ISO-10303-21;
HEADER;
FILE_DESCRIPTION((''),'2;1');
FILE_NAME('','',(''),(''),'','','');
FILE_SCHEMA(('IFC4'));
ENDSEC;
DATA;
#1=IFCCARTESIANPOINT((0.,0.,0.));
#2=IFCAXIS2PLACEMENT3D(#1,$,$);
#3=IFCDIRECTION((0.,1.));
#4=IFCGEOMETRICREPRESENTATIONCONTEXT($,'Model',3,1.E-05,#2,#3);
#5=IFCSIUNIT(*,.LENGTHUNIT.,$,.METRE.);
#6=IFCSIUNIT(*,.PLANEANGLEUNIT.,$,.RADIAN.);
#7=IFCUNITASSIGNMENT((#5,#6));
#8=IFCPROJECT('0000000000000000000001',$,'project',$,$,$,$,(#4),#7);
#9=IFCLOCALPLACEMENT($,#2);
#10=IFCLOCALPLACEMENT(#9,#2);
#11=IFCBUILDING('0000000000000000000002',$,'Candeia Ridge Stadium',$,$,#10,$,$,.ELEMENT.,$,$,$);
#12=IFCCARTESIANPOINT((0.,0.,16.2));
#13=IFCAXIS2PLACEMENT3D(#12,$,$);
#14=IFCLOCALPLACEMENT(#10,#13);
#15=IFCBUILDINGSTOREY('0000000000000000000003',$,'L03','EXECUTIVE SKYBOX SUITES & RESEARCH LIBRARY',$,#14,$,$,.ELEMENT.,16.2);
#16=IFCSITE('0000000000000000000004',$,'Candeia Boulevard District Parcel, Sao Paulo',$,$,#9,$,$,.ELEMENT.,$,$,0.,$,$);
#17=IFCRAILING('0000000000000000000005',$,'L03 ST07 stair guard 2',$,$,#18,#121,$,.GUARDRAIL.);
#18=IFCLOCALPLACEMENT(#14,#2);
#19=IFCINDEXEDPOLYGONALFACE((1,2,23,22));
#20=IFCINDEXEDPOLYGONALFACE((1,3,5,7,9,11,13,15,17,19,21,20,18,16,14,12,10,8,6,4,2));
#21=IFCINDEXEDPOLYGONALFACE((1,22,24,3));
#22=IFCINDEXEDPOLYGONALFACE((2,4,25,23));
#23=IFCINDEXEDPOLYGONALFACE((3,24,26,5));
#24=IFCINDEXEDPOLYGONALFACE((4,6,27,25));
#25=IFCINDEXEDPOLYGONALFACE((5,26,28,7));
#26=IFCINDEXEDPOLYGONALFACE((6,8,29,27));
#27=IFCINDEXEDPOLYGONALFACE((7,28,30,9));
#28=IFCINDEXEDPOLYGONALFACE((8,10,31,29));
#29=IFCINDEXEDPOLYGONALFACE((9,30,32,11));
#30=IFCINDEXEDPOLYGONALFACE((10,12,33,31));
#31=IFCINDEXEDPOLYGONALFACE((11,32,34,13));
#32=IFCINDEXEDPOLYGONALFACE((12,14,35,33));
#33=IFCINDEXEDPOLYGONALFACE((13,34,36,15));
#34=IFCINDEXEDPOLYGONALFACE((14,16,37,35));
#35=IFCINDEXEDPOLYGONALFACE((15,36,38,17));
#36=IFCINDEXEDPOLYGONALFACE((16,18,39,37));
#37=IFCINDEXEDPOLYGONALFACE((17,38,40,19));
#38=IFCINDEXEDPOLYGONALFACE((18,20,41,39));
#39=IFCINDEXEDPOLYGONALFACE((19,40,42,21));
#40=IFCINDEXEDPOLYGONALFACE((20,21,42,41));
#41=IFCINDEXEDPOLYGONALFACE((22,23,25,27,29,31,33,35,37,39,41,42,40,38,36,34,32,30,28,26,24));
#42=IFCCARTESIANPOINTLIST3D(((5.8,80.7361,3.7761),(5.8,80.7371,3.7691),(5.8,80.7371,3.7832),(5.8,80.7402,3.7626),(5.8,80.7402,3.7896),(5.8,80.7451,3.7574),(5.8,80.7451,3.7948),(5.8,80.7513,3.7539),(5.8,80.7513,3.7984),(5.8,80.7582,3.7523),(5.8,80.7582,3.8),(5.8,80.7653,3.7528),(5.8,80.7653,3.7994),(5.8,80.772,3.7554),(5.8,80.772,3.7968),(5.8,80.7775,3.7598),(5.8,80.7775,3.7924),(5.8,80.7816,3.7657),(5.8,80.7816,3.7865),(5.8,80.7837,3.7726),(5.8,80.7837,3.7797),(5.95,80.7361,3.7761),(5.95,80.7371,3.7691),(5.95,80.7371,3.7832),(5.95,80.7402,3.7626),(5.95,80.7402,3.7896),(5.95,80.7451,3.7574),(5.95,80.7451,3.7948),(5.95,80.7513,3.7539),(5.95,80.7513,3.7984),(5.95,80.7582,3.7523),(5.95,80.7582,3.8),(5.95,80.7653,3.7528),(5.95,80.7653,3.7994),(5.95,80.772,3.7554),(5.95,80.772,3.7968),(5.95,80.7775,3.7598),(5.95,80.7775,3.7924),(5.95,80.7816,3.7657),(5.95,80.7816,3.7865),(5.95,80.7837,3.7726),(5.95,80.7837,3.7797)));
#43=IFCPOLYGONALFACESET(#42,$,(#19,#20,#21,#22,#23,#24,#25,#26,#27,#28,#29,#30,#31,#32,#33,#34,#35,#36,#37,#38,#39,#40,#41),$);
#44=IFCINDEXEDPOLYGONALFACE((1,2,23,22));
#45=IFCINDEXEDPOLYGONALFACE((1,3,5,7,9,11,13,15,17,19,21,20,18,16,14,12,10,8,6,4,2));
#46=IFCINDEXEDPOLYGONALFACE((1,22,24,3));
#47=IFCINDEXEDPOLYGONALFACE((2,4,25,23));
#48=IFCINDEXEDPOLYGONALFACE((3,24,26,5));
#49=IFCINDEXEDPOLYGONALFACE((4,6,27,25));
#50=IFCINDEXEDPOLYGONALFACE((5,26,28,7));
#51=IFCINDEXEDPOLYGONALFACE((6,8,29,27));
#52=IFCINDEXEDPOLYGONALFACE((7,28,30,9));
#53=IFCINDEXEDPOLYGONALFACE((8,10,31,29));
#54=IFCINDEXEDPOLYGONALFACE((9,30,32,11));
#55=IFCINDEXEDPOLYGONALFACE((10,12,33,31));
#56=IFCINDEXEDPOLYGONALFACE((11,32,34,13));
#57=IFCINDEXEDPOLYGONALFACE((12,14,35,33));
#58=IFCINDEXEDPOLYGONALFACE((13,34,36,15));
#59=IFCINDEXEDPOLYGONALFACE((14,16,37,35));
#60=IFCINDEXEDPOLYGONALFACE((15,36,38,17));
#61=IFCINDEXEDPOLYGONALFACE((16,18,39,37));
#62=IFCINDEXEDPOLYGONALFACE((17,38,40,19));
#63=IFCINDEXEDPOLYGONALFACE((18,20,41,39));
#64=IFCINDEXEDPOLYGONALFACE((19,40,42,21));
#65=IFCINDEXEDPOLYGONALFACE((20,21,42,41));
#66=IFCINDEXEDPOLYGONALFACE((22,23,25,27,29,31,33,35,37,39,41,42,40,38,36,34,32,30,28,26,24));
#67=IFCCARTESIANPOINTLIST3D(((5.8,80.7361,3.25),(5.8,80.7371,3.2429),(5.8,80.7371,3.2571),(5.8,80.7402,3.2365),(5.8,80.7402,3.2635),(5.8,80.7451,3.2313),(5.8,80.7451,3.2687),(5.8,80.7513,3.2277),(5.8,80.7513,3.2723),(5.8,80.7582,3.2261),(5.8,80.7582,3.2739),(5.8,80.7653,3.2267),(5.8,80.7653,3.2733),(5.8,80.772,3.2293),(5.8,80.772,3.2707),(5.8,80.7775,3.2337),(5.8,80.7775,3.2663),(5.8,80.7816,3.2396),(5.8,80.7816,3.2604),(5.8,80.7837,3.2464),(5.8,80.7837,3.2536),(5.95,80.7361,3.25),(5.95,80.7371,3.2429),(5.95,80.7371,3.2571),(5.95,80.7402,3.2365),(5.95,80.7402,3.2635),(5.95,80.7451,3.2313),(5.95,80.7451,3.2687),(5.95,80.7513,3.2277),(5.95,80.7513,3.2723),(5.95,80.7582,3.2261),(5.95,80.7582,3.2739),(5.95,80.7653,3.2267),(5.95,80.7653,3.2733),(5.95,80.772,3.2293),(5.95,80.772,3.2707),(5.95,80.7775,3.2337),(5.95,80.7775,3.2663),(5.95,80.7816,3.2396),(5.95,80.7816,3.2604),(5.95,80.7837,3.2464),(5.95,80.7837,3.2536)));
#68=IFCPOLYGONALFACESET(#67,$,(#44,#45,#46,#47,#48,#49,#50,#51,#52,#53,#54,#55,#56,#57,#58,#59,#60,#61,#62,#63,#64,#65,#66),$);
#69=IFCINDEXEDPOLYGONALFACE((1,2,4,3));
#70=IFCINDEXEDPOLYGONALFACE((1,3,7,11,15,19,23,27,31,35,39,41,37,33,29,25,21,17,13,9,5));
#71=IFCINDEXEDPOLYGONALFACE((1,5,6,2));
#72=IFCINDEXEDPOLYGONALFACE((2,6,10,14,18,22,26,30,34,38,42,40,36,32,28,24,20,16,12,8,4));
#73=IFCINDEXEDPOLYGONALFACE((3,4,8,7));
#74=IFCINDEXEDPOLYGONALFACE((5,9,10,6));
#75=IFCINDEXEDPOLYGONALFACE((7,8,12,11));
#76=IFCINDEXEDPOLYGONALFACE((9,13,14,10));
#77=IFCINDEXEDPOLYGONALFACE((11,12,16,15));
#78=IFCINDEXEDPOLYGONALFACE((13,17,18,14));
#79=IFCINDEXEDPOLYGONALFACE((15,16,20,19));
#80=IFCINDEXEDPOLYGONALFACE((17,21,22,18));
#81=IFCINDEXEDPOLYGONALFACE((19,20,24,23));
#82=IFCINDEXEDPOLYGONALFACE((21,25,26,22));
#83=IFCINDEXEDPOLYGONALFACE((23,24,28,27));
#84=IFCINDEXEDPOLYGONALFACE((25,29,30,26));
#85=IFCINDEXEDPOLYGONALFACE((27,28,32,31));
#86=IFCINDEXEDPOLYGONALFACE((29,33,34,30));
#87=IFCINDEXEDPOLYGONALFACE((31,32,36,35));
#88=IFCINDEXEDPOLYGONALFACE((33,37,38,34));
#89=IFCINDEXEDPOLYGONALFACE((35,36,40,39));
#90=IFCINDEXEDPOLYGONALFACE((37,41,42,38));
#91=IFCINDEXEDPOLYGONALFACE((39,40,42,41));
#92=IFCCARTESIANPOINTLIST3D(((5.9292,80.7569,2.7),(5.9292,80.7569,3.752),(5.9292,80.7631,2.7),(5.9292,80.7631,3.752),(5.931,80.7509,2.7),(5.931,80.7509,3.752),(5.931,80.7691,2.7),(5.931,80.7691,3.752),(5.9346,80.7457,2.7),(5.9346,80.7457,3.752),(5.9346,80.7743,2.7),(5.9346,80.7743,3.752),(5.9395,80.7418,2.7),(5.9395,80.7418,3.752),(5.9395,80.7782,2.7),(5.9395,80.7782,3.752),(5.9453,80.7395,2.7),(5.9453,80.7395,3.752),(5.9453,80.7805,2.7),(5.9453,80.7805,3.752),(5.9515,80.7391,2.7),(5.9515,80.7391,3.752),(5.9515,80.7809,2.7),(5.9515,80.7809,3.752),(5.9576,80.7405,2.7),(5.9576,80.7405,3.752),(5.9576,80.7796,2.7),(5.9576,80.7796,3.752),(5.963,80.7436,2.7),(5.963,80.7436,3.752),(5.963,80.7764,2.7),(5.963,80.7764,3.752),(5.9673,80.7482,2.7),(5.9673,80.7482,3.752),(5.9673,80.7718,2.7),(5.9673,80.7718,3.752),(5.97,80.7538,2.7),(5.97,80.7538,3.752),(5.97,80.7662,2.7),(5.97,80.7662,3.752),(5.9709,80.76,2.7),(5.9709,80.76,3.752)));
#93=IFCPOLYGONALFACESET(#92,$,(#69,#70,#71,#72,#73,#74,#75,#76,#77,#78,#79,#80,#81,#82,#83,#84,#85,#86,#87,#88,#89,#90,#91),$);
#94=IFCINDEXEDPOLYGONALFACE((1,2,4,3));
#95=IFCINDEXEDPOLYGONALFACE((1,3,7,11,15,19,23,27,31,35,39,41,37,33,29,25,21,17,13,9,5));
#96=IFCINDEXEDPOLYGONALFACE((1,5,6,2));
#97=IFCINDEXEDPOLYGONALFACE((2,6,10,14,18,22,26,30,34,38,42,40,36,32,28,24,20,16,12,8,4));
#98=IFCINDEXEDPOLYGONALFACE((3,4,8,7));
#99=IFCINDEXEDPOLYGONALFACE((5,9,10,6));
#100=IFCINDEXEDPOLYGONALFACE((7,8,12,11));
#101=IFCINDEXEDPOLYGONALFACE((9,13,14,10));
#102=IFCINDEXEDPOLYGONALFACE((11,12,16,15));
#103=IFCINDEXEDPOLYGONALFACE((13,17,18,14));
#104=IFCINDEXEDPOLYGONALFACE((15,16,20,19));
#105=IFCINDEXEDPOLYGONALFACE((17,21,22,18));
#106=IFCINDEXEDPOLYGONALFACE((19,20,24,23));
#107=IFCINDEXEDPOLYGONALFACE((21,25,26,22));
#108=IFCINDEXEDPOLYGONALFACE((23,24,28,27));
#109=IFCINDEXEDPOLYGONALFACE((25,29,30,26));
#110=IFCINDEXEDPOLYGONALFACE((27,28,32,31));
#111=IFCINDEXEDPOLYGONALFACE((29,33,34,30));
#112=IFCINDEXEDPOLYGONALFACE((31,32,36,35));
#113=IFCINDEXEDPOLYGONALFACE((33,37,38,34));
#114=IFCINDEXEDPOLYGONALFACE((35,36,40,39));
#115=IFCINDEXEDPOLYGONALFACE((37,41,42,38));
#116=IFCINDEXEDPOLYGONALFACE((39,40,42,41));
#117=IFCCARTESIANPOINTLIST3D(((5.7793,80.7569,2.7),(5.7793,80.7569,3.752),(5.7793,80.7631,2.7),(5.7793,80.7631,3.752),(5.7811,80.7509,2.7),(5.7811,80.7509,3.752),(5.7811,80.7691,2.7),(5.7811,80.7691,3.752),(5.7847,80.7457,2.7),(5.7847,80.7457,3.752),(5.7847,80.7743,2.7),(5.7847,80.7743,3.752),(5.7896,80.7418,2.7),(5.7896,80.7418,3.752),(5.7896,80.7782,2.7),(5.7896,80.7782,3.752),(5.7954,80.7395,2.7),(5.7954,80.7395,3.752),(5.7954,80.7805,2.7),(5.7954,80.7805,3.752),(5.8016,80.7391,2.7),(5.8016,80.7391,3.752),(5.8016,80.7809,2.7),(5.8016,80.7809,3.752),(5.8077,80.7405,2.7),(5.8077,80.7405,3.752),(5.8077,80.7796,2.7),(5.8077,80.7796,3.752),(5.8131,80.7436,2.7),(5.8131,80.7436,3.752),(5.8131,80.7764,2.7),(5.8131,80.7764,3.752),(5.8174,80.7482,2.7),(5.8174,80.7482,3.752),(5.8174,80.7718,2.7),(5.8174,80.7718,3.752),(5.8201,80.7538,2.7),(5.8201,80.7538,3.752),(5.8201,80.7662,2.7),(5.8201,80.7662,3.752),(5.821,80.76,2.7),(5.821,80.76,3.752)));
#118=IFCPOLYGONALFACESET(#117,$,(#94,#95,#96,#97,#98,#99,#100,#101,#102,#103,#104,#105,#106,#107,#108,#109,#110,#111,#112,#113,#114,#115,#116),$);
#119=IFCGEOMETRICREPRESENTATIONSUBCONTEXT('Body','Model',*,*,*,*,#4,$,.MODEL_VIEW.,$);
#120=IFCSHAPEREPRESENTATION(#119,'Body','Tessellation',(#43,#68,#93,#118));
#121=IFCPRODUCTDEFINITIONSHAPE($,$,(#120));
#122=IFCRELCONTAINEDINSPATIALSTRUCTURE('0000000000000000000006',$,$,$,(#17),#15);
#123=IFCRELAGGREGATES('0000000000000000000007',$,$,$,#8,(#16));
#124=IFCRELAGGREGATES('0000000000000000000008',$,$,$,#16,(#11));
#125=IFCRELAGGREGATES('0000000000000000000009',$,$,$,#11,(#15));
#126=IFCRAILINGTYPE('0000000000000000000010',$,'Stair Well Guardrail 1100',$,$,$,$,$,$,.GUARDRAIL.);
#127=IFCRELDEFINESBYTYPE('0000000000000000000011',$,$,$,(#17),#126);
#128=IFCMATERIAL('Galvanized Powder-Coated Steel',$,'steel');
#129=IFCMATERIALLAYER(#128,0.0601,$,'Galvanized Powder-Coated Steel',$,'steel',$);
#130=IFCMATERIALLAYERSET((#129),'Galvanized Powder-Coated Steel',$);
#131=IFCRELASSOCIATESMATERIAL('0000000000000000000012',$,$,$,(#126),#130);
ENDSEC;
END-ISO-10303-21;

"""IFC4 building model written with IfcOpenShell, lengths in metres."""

from ifc_helpers import new_model, si_unit, direction, frame, origin, origin_2d, place, context, subcontext, project, spatial, circle, extrude, material, layer, layer_set, type_object, element, save


model = new_model("IFC4")

# Units and contexts
model_context = context("Model", 3, precision=1e-05, world=origin(), true_north=direction((0.0, 1.0)))
body_context = subcontext(model_context, "Body", "Model", "MODEL_VIEW")
ifc_project = project(units=[si_unit("LENGTHUNIT", "METRE"), si_unit("PLANEANGLEUNIT", "RADIAN")], contexts=[model_context])

# Site, building, storey
site_placement = place(None, origin())
site = spatial("IfcSite", under=ifc_project, at=site_placement, Name="Candeia Boulevard District Parcel, Sao Paulo", CompositionType="ELEMENT", RefElevation=0.0)
building_placement = place(site_placement, origin())
building = spatial("IfcBuilding", under=site, at=building_placement, Name="Candeia Ridge Stadium", CompositionType="ELEMENT")
storey_placement = place(building_placement, frame((0.0, 0.0, 16.2)))
storey = spatial("IfcBuildingStorey", under=building, at=storey_placement, Name="L03", Description="EXECUTIVE SKYBOX SUITES & RESEARCH LIBRARY", CompositionType="ELEMENT", Elevation=16.2)

# Railing
ifc_material_1 = material(Name="Galvanized Powder-Coated Steel", Category="steel")
ifc_layer_1 = layer(ifc_material_1, 0.0601, Name="Galvanized Powder-Coated Steel", Category="steel")
ifc_layer_set_1 = layer_set([ifc_layer_1], Name="Galvanized Powder-Coated Steel")
railing_type_1 = type_object("IfcRailingType", Name="Stair Well Guardrail 1100", PredefinedType="GUARDRAIL", material=ifc_layer_set_1)
railing_1_placement = place(storey_placement, frame((5.95, 80.76, 2.7)))
element("IfcRailing", 1, at=railing_1_placement, inside=storey, type_object=railing_type_1, Name="L03 ST07 stair guard 2", PredefinedType="GUARDRAIL", context=body_context, shape_type="SweptSolid", body=[
    extrude(circle(Radius=0.0239, at=origin_2d()), frame((0.0, 0.0, 1.0762), z_axis=(-1.0, 0.0, 0.0), x_axis=(0.0, -1.0, 0.0)), (0.0, 0.0, 1.0), 0.1499),
    extrude(circle(Radius=0.0239, at=origin_2d()), frame((0.0, 0.0, 0.55), z_axis=(-1.0, 0.0, 0.0), x_axis=(0.0, -1.0, 0.0)), (0.0, 0.0, 1.0), 0.1499),
    extrude(circle(Radius=0.021, at=origin_2d()), origin(), (0.0, 0.0, 1.0), 1.052),
    extrude(circle(Radius=0.021, at=origin_2d()), frame((-0.1499, 0.0, 0.0)), (0.0, 0.0, 1.0), 1.052),
])

save(model, "model.ifc")
